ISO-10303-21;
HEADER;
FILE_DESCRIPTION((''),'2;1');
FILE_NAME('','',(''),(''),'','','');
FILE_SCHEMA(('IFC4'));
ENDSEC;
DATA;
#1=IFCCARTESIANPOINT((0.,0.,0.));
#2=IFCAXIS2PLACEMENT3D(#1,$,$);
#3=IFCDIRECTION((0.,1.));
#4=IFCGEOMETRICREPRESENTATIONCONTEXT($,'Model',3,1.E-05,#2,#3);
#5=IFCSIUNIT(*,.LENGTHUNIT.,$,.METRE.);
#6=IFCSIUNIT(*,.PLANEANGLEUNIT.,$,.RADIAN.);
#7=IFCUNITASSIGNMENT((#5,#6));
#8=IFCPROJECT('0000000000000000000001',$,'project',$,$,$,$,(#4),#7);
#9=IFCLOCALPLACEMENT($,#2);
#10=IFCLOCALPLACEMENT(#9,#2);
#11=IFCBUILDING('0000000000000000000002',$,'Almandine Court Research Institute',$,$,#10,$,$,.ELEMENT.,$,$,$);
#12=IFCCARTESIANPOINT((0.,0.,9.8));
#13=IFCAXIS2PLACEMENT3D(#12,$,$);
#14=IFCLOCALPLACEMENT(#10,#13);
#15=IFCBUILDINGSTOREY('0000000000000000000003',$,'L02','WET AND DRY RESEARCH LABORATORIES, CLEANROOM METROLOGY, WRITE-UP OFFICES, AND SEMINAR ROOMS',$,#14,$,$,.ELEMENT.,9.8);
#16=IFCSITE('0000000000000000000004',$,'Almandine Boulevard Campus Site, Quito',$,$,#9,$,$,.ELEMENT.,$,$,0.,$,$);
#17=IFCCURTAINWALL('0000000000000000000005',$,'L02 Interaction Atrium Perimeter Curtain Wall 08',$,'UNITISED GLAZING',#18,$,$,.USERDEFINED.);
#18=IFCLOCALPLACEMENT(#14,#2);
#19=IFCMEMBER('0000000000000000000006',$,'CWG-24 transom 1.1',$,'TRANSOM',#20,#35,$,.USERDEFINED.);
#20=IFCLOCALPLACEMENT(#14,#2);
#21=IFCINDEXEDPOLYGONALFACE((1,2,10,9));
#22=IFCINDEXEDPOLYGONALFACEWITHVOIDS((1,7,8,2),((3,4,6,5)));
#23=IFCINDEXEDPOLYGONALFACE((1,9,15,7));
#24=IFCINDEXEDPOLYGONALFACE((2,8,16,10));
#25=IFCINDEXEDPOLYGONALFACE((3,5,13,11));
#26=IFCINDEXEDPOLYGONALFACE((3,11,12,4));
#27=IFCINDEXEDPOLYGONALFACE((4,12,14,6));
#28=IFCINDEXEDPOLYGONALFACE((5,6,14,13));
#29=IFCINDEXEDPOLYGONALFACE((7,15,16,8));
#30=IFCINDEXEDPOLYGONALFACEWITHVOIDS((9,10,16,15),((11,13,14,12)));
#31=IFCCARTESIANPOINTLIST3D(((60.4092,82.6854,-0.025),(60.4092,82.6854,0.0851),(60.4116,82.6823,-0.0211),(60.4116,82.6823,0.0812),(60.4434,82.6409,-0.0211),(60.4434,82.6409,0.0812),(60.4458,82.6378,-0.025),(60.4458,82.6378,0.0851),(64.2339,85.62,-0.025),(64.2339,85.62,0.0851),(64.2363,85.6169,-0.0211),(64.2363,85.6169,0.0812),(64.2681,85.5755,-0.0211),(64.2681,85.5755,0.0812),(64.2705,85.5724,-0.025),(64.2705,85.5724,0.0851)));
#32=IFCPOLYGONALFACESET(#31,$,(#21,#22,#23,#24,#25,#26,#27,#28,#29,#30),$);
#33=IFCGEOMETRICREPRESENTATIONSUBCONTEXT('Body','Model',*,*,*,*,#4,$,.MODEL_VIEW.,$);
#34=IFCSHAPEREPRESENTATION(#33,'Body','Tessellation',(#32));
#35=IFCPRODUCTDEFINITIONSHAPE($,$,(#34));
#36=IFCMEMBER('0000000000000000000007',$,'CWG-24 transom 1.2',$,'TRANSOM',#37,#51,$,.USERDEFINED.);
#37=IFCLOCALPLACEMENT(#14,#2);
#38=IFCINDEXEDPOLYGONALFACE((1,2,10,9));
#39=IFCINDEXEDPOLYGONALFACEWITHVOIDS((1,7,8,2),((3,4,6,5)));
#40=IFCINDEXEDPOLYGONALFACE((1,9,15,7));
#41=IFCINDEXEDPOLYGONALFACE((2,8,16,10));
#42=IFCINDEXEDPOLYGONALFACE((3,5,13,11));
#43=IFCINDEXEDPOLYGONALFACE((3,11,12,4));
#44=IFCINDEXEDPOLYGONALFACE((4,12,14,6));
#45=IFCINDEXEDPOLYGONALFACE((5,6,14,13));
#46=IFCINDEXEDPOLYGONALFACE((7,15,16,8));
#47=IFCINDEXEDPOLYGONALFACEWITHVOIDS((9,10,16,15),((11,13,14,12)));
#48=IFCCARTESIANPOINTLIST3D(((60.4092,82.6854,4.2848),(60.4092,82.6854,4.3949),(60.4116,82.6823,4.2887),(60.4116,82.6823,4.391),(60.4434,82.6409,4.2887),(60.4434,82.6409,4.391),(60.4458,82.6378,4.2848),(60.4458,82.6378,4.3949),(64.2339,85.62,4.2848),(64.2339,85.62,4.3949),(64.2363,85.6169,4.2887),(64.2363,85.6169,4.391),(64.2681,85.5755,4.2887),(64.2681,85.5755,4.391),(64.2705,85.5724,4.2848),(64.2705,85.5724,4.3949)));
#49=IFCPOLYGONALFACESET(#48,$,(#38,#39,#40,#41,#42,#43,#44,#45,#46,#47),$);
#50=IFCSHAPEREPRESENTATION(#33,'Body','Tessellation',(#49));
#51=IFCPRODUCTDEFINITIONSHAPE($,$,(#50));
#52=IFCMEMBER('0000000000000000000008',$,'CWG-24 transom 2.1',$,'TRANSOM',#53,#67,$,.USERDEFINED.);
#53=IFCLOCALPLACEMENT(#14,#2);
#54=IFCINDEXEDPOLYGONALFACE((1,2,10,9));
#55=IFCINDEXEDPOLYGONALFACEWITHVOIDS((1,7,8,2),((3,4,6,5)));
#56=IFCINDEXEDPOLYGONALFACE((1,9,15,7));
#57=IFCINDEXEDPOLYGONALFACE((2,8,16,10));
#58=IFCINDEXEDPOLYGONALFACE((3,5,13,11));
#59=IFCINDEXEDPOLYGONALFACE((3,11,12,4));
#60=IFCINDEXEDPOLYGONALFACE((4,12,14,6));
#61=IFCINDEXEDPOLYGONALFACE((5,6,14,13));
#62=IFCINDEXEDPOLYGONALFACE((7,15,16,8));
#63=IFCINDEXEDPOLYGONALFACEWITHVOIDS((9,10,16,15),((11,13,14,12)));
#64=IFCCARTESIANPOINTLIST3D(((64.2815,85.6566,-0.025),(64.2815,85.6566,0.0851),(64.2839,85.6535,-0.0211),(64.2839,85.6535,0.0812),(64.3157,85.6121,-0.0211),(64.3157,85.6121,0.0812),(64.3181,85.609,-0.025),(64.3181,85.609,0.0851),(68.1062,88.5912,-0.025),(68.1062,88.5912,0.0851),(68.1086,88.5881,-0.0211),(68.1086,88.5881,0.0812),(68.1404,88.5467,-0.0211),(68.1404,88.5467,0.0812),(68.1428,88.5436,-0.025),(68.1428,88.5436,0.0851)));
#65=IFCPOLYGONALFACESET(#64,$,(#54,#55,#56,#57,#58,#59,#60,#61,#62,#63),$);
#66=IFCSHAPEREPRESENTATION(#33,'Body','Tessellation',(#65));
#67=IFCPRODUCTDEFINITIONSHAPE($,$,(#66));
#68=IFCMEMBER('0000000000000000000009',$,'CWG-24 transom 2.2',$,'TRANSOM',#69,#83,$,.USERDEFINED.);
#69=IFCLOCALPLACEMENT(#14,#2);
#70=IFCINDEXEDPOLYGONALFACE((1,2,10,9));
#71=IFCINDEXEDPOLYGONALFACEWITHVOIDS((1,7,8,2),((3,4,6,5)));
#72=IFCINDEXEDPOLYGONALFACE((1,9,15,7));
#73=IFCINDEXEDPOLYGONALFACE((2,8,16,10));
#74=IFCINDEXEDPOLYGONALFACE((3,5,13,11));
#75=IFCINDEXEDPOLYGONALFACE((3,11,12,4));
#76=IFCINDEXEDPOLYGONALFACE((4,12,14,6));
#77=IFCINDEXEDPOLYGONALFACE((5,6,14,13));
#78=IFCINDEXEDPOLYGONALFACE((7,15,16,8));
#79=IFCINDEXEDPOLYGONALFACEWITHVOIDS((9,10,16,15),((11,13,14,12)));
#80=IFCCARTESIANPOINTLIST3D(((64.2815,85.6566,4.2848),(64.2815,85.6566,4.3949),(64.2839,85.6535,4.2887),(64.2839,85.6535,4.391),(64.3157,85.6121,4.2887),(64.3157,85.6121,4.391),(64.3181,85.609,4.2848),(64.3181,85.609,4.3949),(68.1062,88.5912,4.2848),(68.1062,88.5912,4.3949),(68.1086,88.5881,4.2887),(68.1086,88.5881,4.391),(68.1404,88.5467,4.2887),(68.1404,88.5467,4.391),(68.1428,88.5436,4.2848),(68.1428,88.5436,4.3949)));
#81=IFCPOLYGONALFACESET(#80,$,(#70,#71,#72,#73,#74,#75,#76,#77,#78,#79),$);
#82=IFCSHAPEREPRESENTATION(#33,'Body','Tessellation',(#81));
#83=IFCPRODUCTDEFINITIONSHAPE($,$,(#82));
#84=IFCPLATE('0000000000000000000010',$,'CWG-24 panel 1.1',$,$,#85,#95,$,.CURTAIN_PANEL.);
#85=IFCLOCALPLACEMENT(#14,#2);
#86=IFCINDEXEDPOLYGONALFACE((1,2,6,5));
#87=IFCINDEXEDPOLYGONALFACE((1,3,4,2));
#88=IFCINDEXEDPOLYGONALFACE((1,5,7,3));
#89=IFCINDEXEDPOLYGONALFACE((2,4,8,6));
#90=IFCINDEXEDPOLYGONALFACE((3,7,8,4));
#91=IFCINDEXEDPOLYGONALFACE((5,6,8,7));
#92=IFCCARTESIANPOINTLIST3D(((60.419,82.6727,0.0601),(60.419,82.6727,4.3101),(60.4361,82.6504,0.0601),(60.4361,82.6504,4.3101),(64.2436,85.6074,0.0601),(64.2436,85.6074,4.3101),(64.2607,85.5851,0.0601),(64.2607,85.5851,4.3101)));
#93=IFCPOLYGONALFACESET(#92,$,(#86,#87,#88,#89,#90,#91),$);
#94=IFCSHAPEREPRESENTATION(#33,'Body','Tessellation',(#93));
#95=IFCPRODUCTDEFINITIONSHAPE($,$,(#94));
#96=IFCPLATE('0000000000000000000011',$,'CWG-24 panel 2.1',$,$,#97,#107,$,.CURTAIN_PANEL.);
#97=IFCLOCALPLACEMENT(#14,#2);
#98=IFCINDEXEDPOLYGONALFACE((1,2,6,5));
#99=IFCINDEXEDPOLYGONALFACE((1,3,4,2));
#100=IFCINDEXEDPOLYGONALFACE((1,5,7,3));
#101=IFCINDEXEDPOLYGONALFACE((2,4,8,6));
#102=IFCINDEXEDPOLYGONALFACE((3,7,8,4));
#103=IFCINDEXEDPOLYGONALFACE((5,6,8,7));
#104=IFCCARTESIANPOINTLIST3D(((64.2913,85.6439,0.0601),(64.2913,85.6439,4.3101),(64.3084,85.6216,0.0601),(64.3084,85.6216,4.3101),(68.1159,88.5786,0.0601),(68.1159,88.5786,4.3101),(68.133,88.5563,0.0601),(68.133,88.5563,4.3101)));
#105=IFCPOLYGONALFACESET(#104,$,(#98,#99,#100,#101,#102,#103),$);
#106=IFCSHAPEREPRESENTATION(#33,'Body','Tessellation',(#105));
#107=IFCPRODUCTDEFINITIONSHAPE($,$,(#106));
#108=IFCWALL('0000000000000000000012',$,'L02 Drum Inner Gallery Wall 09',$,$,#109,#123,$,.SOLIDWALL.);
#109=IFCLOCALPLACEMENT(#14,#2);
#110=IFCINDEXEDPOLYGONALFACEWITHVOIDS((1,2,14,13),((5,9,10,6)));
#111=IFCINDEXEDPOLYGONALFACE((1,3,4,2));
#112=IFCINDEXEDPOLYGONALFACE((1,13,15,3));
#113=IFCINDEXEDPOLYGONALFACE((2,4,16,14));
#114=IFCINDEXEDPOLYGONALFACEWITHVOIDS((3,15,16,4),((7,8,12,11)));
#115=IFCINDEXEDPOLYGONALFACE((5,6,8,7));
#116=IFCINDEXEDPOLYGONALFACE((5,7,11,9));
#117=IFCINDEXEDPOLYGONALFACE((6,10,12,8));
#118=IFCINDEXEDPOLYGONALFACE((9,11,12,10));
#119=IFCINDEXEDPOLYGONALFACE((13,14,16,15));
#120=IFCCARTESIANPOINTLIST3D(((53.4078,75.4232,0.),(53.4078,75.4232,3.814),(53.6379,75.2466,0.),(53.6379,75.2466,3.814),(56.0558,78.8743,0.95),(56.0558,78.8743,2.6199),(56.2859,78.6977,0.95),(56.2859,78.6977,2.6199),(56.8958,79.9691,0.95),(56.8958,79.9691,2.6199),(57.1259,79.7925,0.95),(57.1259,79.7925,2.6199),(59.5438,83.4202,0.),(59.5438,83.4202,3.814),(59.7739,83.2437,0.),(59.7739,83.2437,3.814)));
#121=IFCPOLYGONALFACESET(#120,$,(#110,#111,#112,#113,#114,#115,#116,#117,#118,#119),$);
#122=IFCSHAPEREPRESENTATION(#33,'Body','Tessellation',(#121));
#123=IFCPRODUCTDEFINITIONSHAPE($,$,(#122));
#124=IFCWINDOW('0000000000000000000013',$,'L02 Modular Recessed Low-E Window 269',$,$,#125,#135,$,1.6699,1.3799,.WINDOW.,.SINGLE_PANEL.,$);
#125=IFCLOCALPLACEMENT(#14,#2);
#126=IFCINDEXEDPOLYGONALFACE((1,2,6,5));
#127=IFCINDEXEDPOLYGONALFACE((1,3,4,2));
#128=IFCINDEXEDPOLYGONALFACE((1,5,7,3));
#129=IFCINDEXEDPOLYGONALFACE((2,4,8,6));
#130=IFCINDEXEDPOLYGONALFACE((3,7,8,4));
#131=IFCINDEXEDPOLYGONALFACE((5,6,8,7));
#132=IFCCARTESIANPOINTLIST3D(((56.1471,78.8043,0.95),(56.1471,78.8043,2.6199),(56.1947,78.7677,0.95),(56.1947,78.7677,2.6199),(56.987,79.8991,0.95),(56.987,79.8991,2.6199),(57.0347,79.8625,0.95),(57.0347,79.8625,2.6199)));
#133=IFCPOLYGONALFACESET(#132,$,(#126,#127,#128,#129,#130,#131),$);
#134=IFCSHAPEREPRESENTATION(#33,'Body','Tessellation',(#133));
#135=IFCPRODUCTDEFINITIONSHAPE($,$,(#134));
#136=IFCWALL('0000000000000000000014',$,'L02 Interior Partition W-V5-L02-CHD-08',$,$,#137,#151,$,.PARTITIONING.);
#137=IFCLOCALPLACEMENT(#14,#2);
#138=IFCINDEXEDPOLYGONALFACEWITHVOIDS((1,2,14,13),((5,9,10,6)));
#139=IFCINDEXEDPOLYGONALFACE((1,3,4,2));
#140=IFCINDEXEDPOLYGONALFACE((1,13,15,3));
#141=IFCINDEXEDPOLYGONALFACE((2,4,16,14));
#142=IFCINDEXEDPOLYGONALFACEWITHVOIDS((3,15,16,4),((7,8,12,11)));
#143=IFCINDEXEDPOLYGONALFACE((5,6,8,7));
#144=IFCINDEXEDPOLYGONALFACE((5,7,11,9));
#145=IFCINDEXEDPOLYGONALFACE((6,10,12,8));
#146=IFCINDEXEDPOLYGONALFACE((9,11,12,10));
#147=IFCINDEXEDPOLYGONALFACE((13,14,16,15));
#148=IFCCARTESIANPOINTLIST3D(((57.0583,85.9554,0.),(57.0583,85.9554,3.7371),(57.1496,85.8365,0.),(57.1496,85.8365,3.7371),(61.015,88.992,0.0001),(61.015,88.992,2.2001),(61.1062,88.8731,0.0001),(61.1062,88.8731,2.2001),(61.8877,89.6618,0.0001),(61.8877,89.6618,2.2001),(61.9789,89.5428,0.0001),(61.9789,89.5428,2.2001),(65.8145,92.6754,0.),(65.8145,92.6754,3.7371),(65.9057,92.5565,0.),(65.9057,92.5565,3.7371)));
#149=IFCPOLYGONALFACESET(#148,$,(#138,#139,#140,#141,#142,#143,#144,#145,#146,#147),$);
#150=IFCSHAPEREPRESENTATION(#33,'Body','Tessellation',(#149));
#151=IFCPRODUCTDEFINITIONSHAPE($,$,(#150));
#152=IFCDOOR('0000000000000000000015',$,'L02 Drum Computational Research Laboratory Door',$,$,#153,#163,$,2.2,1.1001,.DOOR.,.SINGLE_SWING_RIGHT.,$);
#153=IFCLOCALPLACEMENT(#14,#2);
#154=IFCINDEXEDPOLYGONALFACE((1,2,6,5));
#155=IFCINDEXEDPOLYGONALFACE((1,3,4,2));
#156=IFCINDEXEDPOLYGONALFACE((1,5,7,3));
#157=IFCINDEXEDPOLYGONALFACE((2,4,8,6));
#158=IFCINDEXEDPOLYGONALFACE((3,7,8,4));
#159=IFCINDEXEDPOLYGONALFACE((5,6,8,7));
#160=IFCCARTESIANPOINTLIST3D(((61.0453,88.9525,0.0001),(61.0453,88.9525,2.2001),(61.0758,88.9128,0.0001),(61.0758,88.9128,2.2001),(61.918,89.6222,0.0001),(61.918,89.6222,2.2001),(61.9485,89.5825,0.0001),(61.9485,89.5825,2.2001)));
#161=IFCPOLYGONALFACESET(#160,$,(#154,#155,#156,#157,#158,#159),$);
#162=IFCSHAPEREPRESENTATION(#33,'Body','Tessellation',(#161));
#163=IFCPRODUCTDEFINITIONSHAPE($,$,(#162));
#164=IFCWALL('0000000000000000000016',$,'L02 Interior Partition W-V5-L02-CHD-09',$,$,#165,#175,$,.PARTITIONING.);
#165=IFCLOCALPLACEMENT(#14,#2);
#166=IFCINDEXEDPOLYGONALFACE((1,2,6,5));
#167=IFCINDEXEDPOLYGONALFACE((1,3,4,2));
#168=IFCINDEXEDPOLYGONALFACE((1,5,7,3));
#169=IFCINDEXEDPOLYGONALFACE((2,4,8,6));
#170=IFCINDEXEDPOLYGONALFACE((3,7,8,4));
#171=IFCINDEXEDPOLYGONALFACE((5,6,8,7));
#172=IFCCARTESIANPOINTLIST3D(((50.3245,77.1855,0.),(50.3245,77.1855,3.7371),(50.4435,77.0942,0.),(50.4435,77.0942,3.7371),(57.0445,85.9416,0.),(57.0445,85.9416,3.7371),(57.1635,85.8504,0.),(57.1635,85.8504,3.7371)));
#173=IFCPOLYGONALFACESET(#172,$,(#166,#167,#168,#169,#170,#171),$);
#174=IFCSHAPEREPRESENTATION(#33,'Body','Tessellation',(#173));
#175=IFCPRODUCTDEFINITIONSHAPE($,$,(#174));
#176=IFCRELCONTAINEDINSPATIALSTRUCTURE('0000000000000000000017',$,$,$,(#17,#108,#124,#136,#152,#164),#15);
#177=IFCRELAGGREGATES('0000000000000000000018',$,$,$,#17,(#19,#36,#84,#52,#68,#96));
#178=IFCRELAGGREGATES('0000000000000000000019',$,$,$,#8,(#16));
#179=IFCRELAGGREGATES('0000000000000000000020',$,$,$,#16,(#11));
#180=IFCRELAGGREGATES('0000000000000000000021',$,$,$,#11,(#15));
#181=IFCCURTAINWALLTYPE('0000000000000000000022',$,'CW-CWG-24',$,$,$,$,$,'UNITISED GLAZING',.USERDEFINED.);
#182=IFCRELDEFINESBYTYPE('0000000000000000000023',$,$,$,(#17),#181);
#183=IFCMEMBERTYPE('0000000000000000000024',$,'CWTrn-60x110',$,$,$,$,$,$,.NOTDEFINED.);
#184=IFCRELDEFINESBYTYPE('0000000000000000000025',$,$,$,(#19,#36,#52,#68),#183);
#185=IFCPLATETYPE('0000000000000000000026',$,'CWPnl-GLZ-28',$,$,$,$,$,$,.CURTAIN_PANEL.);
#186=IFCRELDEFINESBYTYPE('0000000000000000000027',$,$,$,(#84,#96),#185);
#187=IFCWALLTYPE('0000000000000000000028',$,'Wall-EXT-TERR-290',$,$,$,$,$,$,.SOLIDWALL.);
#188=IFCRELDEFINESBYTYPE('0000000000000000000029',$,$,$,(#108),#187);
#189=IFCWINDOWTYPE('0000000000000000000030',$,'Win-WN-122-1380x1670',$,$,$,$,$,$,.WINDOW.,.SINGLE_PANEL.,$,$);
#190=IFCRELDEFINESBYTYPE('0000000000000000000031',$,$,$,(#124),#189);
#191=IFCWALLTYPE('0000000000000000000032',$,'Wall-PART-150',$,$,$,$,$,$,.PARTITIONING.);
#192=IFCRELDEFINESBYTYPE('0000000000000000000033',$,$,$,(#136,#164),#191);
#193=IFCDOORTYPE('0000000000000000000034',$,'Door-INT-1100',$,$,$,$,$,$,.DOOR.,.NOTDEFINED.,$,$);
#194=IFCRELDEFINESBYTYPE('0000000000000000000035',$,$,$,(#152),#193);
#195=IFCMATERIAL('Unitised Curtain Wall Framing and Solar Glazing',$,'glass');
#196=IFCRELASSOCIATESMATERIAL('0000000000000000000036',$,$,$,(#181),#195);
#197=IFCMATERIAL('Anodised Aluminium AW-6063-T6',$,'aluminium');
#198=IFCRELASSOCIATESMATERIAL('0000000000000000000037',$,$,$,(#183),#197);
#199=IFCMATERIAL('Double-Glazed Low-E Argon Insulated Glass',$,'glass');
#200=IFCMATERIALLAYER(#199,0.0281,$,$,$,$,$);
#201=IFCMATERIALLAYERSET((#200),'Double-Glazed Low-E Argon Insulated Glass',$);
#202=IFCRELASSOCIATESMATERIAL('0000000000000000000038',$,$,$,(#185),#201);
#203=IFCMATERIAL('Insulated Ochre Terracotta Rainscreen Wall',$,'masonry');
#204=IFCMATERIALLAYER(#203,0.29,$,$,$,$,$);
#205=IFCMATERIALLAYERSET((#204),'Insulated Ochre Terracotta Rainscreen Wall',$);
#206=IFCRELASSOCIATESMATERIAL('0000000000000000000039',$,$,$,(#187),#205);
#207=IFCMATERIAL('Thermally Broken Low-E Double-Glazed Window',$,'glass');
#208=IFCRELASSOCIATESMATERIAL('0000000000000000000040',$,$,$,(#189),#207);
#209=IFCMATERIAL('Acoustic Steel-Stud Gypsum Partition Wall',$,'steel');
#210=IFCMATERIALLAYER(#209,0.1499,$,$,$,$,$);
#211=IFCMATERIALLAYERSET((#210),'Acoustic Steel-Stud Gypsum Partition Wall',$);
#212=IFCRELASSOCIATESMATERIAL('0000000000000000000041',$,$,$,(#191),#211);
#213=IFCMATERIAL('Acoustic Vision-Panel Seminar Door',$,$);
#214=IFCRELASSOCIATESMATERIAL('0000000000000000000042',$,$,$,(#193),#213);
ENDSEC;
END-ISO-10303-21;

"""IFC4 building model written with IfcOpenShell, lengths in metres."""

from ifc_helpers import new_model, si_unit, direction, frame, frame_2d, origin, origin_2d, place, context, subcontext, project, spatial, rectangle, hollow_rectangle, extrude, material, layer, layer_set, material_profile, profile_set, type_object, element, fill, aggregate, save


model = new_model("IFC4")

# Units and contexts
model_context = context("Model", 3, precision=1e-05, world=origin(), true_north=direction((0.0, 1.0)))
body_context = subcontext(model_context, "Body", "Model", "MODEL_VIEW")
ifc_project = project(units=[si_unit("LENGTHUNIT", "METRE"), si_unit("PLANEANGLEUNIT", "RADIAN")], contexts=[model_context])

# Site, building, storey
site_placement = place(None, origin())
site = spatial("IfcSite", under=ifc_project, at=site_placement, Name="Almandine Boulevard Campus Site, Quito", CompositionType="ELEMENT", RefElevation=0.0)
building_placement = place(site_placement, origin())
building = spatial("IfcBuilding", under=site, at=building_placement, Name="Almandine Court Research Institute", CompositionType="ELEMENT")
storey_placement = place(building_placement, frame((0.0, 0.0, 9.8)))
storey = spatial("IfcBuildingStorey", under=building, at=storey_placement, Name="L02", Description="WET AND DRY RESEARCH LABORATORIES, CLEANROOM METROLOGY, WRITE-UP OFFICES, AND SEMINAR ROOMS", CompositionType="ELEMENT", Elevation=9.8)

# Curtain wall, members, plates
ifc_material_1 = material(Name="Unitised Curtain Wall Framing and Solar Glazing", Category="glass")
curtain_wall_type = type_object("IfcCurtainWallType", Name="CW-CWG-24", ElementType="UNITISED GLAZING", PredefinedType="USERDEFINED", material=ifc_material_1)
curtain_wall_placement = place(storey_placement, origin())
curtain_wall = element("IfcCurtainWall", 1, at=curtain_wall_placement, inside=storey, type_object=curtain_wall_type, Name="L02 Interaction Atrium Perimeter Curtain Wall 08", ObjectType="UNITISED GLAZING", PredefinedType="USERDEFINED")
ifc_material_2 = material(Name="Anodised Aluminium AW-6063-T6", Category="aluminium")
ifc_material_profile_1 = material_profile(ifc_material_2, hollow_rectangle(XDim=0.0601, YDim=0.1101, WallThickness=0.0039, at=origin_2d()), Name="ALU RHS 60x110x4")
ifc_profile_set_1 = profile_set([ifc_material_profile_1], Name="Anodised Aluminium AW-6063-T6")
member_type_1 = type_object("IfcMemberType", Name="CWTrn-60x110", PredefinedType="NOTDEFINED", material=ifc_profile_set_1)
member_1_placement = place(storey_placement, frame((60.4275, 82.6616, 0.03), z_axis=(0.793376, 0.608731, 0.0), x_axis=(-0.608731, 0.793376, 0.0)))
member_1 = element("IfcMember", 2, at=member_1_placement, type_object=member_type_1, Name="CWG-24 transom 1.1", ObjectType="TRANSOM", PredefinedType="USERDEFINED", context=body_context, shape_type="SweptSolid", body=[
    extrude(hollow_rectangle(XDim=0.0601, YDim=0.1101, WallThickness=0.0039, at=origin_2d()), origin(), (0.0, 0.0, 1.0), 4.8208),
])
member_2_placement = place(storey_placement, frame((60.4275, 82.6616, 4.3398), z_axis=(0.793376, 0.608731, 0.0), x_axis=(-0.608731, 0.793376, 0.0)))
member_2 = element("IfcMember", 3, at=member_2_placement, type_object=member_type_1, Name="CWG-24 transom 1.2", ObjectType="TRANSOM", PredefinedType="USERDEFINED", context=body_context, shape_type="SweptSolid", body=[
    extrude(hollow_rectangle(XDim=0.0601, YDim=0.1101, WallThickness=0.0039, at=origin_2d()), origin(), (0.0, 0.0, 1.0), 4.8208),
])
member_3_placement = place(storey_placement, frame((64.2998, 85.6328, 0.03), z_axis=(0.793376, 0.608731, 0.0), x_axis=(-0.608731, 0.793376, 0.0)))
member_3 = element("IfcMember", 4, at=member_3_placement, type_object=member_type_1, Name="CWG-24 transom 2.1", ObjectType="TRANSOM", PredefinedType="USERDEFINED", context=body_context, shape_type="SweptSolid", body=[
    extrude(hollow_rectangle(XDim=0.0601, YDim=0.1101, WallThickness=0.0039, at=origin_2d()), origin(), (0.0, 0.0, 1.0), 4.8208),
])
member_4_placement = place(storey_placement, frame((64.2998, 85.6328, 4.3398), z_axis=(0.793376, 0.608731, 0.0), x_axis=(-0.608731, 0.793376, 0.0)))
member_4 = element("IfcMember", 5, at=member_4_placement, type_object=member_type_1, Name="CWG-24 transom 2.2", ObjectType="TRANSOM", PredefinedType="USERDEFINED", context=body_context, shape_type="SweptSolid", body=[
    extrude(hollow_rectangle(XDim=0.0601, YDim=0.1101, WallThickness=0.0039, at=origin_2d()), origin(), (0.0, 0.0, 1.0), 4.8208),
])
ifc_material_3 = material(Name="Double-Glazed Low-E Argon Insulated Glass", Category="glass")
ifc_layer_1 = layer(ifc_material_3, 0.0281)
ifc_layer_set_1 = layer_set([ifc_layer_1], Name="Double-Glazed Low-E Argon Insulated Glass")
plate_type = type_object("IfcPlateType", Name="CWPnl-GLZ-28", PredefinedType="CURTAIN_PANEL", material=ifc_layer_set_1)
plate_1_placement = place(storey_placement, frame((62.3398, 84.1289, 0.0601), z_axis=(0.0, 0.0, 1.0), x_axis=(0.793354, 0.608761, 0.0)))
plate_1 = element("IfcPlate", 6, at=plate_1_placement, type_object=plate_type, Name="CWG-24 panel 1.1", PredefinedType="CURTAIN_PANEL", context=body_context, shape_type="SweptSolid", body=[
    extrude(rectangle(XDim=4.8208, YDim=0.0281, at=origin_2d()), origin(), (0.0, 0.0, 1.0), 4.25),
])
plate_2_placement = place(storey_placement, frame((66.2122, 87.1001, 0.0601), z_axis=(0.0, 0.0, 1.0), x_axis=(0.793354, 0.608761, 0.0)))
plate_2 = element("IfcPlate", 7, at=plate_2_placement, type_object=plate_type, Name="CWG-24 panel 2.1", PredefinedType="CURTAIN_PANEL", context=body_context, shape_type="SweptSolid", body=[
    extrude(rectangle(XDim=4.8208, YDim=0.0281, at=origin_2d()), origin(), (0.0, 0.0, 1.0), 4.25),
])
aggregate(curtain_wall, [member_1, member_2, plate_1, member_3, member_4, plate_2])

# Wall, opening, window
ifc_material_4 = material(Name="Insulated Ochre Terracotta Rainscreen Wall", Category="masonry")
ifc_layer_2 = layer(ifc_material_4, 0.29)
ifc_layer_set_2 = layer_set([ifc_layer_2], Name="Insulated Ochre Terracotta Rainscreen Wall")
wall_type_1 = type_object("IfcWallType", Name="Wall-EXT-TERR-290", PredefinedType="SOLIDWALL", material=ifc_layer_set_2)
wall_1_placement = place(storey_placement, frame((59.6589, 83.332, 0.0), z_axis=(0.0, 0.0, 1.0), x_axis=(-0.608738, -0.793372, 0.0)))
wall_1 = element("IfcWall", 8, at=wall_1_placement, inside=storey, type_object=wall_type_1, Name="L02 Drum Inner Gallery Wall 09", PredefinedType="SOLIDWALL", context=body_context, shape_type="SweptSolid", body=[
    extrude(rectangle(XDim=10.0798, YDim=0.29, at=frame_2d((5.04, 0.0))), origin(), (0.0, 0.0, 1.0), 3.814),
])
opening_1_placement = place(wall_1_placement, frame((4.3501, 0.0, 0.95)))
opening_1 = element("IfcOpeningElement", 9, at=opening_1_placement, cuts=wall_1, PredefinedType="OPENING", context=body_context, shape_type="SweptSolid", body=[
    extrude(rectangle(XDim=1.3799, YDim=1.6699, at=frame_2d((0.6899, 0.835))), frame((0.0, 0.155, 0.0), z_axis=(0.0, -1.0, 0.0), x_axis=(1.0, 0.0, 0.0)), (0.0, 0.0, 1.0), 0.3101),
])
ifc_material_5 = material(Name="Thermally Broken Low-E Double-Glazed Window", Category="glass")
window_type = type_object("IfcWindowType", Name="Win-WN-122-1380x1670", PartitioningType="SINGLE_PANEL", PredefinedType="WINDOW", material=ifc_material_5)
window_placement = place(opening_1_placement, origin())
window = element("IfcWindow", 10, at=window_placement, inside=storey, type_object=window_type, Name="L02 Modular Recessed Low-E Window 269", OverallHeight=1.6699, OverallWidth=1.3799, PartitioningType="SINGLE_PANEL", PredefinedType="WINDOW", context=body_context, shape_type="SweptSolid", body=[
    extrude(rectangle(XDim=1.3799, YDim=1.6699, at=frame_2d((0.6899, 0.835))), frame((0.0, 0.03, 0.0), z_axis=(0.0, -1.0, 0.0), x_axis=(1.0, 0.0, 0.0)), (0.0, 0.0, 1.0), 0.0601),
])
fill(opening_1, window)

# Wall, opening, door
ifc_material_6 = material(Name="Acoustic Steel-Stud Gypsum Partition Wall", Category="steel")
ifc_layer_3 = layer(ifc_material_6, 0.1499)
ifc_layer_set_3 = layer_set([ifc_layer_3], Name="Acoustic Steel-Stud Gypsum Partition Wall")
wall_type_2 = type_object("IfcWallType", Name="Wall-PART-150", PredefinedType="PARTITIONING", material=ifc_layer_set_3)
wall_2_placement = place(storey_placement, frame((65.8601, 92.616, 0.0), z_axis=(0.0, 0.0, 1.0), x_axis=(-0.793302, -0.608828, 0.0)))
wall_2 = element("IfcWall", 11, at=wall_2_placement, inside=storey, type_object=wall_type_2, Name="L02 Interior Partition W-V5-L02-CHD-08", PredefinedType="PARTITIONING", context=body_context, shape_type="SweptSolid", body=[
    extrude(rectangle(XDim=11.0376, YDim=0.1499, at=frame_2d((5.5188, 0.0))), origin(), (0.0, 0.0, 1.0), 3.7371),
])
opening_2_placement = place(wall_2_placement, frame((4.95, 0.0, 0.0)))
opening_2 = element("IfcOpeningElement", 12, at=opening_2_placement, cuts=wall_2, PredefinedType="OPENING", context=body_context, shape_type="SweptSolid", body=[
    extrude(rectangle(XDim=1.1001, YDim=2.2, at=frame_2d((0.55, 1.1001))), frame((0.0, 0.085, 0.0), z_axis=(0.0, -1.0, 0.0), x_axis=(1.0, 0.0, 0.0)), (0.0, 0.0, 1.0), 0.1699),
])
ifc_material_7 = material(Name="Acoustic Vision-Panel Seminar Door")
door_type = type_object("IfcDoorType", Name="Door-INT-1100", OperationType="NOTDEFINED", PredefinedType="DOOR", material=ifc_material_7)
door_placement = place(opening_2_placement, origin())
door = element("IfcDoor", 13, at=door_placement, inside=storey, type_object=door_type, Name="L02 Drum Computational Research Laboratory Door", OperationType="SINGLE_SWING_RIGHT", OverallHeight=2.2, OverallWidth=1.1001, PredefinedType="DOOR", context=body_context, shape_type="SweptSolid", body=[
    extrude(rectangle(XDim=1.1001, YDim=2.2, at=frame_2d((0.55, 1.1001))), frame((0.0, 0.0249, 0.0), z_axis=(0.0, -1.0, 0.0), x_axis=(1.0, 0.0, 0.0)), (0.0, 0.0, 1.0), 0.05),
])
fill(opening_2, door)

# Wall
wall_3_placement = place(storey_placement, frame((57.104, 85.896, 0.0), z_axis=(0.0, 0.0, 1.0), x_axis=(-0.608828, -0.793302, 0.0)))
element("IfcWall", 14, at=wall_3_placement, inside=storey, type_object=wall_type_2, Name="L02 Interior Partition W-V5-L02-CHD-09", PredefinedType="PARTITIONING", context=body_context, shape_type="SweptSolid", body=[
    extrude(rectangle(XDim=11.0376, YDim=0.1499, at=frame_2d((5.5188, 0.0))), origin(), (0.0, 0.0, 1.0), 3.7371),
])

save(model, "model.ifc")
